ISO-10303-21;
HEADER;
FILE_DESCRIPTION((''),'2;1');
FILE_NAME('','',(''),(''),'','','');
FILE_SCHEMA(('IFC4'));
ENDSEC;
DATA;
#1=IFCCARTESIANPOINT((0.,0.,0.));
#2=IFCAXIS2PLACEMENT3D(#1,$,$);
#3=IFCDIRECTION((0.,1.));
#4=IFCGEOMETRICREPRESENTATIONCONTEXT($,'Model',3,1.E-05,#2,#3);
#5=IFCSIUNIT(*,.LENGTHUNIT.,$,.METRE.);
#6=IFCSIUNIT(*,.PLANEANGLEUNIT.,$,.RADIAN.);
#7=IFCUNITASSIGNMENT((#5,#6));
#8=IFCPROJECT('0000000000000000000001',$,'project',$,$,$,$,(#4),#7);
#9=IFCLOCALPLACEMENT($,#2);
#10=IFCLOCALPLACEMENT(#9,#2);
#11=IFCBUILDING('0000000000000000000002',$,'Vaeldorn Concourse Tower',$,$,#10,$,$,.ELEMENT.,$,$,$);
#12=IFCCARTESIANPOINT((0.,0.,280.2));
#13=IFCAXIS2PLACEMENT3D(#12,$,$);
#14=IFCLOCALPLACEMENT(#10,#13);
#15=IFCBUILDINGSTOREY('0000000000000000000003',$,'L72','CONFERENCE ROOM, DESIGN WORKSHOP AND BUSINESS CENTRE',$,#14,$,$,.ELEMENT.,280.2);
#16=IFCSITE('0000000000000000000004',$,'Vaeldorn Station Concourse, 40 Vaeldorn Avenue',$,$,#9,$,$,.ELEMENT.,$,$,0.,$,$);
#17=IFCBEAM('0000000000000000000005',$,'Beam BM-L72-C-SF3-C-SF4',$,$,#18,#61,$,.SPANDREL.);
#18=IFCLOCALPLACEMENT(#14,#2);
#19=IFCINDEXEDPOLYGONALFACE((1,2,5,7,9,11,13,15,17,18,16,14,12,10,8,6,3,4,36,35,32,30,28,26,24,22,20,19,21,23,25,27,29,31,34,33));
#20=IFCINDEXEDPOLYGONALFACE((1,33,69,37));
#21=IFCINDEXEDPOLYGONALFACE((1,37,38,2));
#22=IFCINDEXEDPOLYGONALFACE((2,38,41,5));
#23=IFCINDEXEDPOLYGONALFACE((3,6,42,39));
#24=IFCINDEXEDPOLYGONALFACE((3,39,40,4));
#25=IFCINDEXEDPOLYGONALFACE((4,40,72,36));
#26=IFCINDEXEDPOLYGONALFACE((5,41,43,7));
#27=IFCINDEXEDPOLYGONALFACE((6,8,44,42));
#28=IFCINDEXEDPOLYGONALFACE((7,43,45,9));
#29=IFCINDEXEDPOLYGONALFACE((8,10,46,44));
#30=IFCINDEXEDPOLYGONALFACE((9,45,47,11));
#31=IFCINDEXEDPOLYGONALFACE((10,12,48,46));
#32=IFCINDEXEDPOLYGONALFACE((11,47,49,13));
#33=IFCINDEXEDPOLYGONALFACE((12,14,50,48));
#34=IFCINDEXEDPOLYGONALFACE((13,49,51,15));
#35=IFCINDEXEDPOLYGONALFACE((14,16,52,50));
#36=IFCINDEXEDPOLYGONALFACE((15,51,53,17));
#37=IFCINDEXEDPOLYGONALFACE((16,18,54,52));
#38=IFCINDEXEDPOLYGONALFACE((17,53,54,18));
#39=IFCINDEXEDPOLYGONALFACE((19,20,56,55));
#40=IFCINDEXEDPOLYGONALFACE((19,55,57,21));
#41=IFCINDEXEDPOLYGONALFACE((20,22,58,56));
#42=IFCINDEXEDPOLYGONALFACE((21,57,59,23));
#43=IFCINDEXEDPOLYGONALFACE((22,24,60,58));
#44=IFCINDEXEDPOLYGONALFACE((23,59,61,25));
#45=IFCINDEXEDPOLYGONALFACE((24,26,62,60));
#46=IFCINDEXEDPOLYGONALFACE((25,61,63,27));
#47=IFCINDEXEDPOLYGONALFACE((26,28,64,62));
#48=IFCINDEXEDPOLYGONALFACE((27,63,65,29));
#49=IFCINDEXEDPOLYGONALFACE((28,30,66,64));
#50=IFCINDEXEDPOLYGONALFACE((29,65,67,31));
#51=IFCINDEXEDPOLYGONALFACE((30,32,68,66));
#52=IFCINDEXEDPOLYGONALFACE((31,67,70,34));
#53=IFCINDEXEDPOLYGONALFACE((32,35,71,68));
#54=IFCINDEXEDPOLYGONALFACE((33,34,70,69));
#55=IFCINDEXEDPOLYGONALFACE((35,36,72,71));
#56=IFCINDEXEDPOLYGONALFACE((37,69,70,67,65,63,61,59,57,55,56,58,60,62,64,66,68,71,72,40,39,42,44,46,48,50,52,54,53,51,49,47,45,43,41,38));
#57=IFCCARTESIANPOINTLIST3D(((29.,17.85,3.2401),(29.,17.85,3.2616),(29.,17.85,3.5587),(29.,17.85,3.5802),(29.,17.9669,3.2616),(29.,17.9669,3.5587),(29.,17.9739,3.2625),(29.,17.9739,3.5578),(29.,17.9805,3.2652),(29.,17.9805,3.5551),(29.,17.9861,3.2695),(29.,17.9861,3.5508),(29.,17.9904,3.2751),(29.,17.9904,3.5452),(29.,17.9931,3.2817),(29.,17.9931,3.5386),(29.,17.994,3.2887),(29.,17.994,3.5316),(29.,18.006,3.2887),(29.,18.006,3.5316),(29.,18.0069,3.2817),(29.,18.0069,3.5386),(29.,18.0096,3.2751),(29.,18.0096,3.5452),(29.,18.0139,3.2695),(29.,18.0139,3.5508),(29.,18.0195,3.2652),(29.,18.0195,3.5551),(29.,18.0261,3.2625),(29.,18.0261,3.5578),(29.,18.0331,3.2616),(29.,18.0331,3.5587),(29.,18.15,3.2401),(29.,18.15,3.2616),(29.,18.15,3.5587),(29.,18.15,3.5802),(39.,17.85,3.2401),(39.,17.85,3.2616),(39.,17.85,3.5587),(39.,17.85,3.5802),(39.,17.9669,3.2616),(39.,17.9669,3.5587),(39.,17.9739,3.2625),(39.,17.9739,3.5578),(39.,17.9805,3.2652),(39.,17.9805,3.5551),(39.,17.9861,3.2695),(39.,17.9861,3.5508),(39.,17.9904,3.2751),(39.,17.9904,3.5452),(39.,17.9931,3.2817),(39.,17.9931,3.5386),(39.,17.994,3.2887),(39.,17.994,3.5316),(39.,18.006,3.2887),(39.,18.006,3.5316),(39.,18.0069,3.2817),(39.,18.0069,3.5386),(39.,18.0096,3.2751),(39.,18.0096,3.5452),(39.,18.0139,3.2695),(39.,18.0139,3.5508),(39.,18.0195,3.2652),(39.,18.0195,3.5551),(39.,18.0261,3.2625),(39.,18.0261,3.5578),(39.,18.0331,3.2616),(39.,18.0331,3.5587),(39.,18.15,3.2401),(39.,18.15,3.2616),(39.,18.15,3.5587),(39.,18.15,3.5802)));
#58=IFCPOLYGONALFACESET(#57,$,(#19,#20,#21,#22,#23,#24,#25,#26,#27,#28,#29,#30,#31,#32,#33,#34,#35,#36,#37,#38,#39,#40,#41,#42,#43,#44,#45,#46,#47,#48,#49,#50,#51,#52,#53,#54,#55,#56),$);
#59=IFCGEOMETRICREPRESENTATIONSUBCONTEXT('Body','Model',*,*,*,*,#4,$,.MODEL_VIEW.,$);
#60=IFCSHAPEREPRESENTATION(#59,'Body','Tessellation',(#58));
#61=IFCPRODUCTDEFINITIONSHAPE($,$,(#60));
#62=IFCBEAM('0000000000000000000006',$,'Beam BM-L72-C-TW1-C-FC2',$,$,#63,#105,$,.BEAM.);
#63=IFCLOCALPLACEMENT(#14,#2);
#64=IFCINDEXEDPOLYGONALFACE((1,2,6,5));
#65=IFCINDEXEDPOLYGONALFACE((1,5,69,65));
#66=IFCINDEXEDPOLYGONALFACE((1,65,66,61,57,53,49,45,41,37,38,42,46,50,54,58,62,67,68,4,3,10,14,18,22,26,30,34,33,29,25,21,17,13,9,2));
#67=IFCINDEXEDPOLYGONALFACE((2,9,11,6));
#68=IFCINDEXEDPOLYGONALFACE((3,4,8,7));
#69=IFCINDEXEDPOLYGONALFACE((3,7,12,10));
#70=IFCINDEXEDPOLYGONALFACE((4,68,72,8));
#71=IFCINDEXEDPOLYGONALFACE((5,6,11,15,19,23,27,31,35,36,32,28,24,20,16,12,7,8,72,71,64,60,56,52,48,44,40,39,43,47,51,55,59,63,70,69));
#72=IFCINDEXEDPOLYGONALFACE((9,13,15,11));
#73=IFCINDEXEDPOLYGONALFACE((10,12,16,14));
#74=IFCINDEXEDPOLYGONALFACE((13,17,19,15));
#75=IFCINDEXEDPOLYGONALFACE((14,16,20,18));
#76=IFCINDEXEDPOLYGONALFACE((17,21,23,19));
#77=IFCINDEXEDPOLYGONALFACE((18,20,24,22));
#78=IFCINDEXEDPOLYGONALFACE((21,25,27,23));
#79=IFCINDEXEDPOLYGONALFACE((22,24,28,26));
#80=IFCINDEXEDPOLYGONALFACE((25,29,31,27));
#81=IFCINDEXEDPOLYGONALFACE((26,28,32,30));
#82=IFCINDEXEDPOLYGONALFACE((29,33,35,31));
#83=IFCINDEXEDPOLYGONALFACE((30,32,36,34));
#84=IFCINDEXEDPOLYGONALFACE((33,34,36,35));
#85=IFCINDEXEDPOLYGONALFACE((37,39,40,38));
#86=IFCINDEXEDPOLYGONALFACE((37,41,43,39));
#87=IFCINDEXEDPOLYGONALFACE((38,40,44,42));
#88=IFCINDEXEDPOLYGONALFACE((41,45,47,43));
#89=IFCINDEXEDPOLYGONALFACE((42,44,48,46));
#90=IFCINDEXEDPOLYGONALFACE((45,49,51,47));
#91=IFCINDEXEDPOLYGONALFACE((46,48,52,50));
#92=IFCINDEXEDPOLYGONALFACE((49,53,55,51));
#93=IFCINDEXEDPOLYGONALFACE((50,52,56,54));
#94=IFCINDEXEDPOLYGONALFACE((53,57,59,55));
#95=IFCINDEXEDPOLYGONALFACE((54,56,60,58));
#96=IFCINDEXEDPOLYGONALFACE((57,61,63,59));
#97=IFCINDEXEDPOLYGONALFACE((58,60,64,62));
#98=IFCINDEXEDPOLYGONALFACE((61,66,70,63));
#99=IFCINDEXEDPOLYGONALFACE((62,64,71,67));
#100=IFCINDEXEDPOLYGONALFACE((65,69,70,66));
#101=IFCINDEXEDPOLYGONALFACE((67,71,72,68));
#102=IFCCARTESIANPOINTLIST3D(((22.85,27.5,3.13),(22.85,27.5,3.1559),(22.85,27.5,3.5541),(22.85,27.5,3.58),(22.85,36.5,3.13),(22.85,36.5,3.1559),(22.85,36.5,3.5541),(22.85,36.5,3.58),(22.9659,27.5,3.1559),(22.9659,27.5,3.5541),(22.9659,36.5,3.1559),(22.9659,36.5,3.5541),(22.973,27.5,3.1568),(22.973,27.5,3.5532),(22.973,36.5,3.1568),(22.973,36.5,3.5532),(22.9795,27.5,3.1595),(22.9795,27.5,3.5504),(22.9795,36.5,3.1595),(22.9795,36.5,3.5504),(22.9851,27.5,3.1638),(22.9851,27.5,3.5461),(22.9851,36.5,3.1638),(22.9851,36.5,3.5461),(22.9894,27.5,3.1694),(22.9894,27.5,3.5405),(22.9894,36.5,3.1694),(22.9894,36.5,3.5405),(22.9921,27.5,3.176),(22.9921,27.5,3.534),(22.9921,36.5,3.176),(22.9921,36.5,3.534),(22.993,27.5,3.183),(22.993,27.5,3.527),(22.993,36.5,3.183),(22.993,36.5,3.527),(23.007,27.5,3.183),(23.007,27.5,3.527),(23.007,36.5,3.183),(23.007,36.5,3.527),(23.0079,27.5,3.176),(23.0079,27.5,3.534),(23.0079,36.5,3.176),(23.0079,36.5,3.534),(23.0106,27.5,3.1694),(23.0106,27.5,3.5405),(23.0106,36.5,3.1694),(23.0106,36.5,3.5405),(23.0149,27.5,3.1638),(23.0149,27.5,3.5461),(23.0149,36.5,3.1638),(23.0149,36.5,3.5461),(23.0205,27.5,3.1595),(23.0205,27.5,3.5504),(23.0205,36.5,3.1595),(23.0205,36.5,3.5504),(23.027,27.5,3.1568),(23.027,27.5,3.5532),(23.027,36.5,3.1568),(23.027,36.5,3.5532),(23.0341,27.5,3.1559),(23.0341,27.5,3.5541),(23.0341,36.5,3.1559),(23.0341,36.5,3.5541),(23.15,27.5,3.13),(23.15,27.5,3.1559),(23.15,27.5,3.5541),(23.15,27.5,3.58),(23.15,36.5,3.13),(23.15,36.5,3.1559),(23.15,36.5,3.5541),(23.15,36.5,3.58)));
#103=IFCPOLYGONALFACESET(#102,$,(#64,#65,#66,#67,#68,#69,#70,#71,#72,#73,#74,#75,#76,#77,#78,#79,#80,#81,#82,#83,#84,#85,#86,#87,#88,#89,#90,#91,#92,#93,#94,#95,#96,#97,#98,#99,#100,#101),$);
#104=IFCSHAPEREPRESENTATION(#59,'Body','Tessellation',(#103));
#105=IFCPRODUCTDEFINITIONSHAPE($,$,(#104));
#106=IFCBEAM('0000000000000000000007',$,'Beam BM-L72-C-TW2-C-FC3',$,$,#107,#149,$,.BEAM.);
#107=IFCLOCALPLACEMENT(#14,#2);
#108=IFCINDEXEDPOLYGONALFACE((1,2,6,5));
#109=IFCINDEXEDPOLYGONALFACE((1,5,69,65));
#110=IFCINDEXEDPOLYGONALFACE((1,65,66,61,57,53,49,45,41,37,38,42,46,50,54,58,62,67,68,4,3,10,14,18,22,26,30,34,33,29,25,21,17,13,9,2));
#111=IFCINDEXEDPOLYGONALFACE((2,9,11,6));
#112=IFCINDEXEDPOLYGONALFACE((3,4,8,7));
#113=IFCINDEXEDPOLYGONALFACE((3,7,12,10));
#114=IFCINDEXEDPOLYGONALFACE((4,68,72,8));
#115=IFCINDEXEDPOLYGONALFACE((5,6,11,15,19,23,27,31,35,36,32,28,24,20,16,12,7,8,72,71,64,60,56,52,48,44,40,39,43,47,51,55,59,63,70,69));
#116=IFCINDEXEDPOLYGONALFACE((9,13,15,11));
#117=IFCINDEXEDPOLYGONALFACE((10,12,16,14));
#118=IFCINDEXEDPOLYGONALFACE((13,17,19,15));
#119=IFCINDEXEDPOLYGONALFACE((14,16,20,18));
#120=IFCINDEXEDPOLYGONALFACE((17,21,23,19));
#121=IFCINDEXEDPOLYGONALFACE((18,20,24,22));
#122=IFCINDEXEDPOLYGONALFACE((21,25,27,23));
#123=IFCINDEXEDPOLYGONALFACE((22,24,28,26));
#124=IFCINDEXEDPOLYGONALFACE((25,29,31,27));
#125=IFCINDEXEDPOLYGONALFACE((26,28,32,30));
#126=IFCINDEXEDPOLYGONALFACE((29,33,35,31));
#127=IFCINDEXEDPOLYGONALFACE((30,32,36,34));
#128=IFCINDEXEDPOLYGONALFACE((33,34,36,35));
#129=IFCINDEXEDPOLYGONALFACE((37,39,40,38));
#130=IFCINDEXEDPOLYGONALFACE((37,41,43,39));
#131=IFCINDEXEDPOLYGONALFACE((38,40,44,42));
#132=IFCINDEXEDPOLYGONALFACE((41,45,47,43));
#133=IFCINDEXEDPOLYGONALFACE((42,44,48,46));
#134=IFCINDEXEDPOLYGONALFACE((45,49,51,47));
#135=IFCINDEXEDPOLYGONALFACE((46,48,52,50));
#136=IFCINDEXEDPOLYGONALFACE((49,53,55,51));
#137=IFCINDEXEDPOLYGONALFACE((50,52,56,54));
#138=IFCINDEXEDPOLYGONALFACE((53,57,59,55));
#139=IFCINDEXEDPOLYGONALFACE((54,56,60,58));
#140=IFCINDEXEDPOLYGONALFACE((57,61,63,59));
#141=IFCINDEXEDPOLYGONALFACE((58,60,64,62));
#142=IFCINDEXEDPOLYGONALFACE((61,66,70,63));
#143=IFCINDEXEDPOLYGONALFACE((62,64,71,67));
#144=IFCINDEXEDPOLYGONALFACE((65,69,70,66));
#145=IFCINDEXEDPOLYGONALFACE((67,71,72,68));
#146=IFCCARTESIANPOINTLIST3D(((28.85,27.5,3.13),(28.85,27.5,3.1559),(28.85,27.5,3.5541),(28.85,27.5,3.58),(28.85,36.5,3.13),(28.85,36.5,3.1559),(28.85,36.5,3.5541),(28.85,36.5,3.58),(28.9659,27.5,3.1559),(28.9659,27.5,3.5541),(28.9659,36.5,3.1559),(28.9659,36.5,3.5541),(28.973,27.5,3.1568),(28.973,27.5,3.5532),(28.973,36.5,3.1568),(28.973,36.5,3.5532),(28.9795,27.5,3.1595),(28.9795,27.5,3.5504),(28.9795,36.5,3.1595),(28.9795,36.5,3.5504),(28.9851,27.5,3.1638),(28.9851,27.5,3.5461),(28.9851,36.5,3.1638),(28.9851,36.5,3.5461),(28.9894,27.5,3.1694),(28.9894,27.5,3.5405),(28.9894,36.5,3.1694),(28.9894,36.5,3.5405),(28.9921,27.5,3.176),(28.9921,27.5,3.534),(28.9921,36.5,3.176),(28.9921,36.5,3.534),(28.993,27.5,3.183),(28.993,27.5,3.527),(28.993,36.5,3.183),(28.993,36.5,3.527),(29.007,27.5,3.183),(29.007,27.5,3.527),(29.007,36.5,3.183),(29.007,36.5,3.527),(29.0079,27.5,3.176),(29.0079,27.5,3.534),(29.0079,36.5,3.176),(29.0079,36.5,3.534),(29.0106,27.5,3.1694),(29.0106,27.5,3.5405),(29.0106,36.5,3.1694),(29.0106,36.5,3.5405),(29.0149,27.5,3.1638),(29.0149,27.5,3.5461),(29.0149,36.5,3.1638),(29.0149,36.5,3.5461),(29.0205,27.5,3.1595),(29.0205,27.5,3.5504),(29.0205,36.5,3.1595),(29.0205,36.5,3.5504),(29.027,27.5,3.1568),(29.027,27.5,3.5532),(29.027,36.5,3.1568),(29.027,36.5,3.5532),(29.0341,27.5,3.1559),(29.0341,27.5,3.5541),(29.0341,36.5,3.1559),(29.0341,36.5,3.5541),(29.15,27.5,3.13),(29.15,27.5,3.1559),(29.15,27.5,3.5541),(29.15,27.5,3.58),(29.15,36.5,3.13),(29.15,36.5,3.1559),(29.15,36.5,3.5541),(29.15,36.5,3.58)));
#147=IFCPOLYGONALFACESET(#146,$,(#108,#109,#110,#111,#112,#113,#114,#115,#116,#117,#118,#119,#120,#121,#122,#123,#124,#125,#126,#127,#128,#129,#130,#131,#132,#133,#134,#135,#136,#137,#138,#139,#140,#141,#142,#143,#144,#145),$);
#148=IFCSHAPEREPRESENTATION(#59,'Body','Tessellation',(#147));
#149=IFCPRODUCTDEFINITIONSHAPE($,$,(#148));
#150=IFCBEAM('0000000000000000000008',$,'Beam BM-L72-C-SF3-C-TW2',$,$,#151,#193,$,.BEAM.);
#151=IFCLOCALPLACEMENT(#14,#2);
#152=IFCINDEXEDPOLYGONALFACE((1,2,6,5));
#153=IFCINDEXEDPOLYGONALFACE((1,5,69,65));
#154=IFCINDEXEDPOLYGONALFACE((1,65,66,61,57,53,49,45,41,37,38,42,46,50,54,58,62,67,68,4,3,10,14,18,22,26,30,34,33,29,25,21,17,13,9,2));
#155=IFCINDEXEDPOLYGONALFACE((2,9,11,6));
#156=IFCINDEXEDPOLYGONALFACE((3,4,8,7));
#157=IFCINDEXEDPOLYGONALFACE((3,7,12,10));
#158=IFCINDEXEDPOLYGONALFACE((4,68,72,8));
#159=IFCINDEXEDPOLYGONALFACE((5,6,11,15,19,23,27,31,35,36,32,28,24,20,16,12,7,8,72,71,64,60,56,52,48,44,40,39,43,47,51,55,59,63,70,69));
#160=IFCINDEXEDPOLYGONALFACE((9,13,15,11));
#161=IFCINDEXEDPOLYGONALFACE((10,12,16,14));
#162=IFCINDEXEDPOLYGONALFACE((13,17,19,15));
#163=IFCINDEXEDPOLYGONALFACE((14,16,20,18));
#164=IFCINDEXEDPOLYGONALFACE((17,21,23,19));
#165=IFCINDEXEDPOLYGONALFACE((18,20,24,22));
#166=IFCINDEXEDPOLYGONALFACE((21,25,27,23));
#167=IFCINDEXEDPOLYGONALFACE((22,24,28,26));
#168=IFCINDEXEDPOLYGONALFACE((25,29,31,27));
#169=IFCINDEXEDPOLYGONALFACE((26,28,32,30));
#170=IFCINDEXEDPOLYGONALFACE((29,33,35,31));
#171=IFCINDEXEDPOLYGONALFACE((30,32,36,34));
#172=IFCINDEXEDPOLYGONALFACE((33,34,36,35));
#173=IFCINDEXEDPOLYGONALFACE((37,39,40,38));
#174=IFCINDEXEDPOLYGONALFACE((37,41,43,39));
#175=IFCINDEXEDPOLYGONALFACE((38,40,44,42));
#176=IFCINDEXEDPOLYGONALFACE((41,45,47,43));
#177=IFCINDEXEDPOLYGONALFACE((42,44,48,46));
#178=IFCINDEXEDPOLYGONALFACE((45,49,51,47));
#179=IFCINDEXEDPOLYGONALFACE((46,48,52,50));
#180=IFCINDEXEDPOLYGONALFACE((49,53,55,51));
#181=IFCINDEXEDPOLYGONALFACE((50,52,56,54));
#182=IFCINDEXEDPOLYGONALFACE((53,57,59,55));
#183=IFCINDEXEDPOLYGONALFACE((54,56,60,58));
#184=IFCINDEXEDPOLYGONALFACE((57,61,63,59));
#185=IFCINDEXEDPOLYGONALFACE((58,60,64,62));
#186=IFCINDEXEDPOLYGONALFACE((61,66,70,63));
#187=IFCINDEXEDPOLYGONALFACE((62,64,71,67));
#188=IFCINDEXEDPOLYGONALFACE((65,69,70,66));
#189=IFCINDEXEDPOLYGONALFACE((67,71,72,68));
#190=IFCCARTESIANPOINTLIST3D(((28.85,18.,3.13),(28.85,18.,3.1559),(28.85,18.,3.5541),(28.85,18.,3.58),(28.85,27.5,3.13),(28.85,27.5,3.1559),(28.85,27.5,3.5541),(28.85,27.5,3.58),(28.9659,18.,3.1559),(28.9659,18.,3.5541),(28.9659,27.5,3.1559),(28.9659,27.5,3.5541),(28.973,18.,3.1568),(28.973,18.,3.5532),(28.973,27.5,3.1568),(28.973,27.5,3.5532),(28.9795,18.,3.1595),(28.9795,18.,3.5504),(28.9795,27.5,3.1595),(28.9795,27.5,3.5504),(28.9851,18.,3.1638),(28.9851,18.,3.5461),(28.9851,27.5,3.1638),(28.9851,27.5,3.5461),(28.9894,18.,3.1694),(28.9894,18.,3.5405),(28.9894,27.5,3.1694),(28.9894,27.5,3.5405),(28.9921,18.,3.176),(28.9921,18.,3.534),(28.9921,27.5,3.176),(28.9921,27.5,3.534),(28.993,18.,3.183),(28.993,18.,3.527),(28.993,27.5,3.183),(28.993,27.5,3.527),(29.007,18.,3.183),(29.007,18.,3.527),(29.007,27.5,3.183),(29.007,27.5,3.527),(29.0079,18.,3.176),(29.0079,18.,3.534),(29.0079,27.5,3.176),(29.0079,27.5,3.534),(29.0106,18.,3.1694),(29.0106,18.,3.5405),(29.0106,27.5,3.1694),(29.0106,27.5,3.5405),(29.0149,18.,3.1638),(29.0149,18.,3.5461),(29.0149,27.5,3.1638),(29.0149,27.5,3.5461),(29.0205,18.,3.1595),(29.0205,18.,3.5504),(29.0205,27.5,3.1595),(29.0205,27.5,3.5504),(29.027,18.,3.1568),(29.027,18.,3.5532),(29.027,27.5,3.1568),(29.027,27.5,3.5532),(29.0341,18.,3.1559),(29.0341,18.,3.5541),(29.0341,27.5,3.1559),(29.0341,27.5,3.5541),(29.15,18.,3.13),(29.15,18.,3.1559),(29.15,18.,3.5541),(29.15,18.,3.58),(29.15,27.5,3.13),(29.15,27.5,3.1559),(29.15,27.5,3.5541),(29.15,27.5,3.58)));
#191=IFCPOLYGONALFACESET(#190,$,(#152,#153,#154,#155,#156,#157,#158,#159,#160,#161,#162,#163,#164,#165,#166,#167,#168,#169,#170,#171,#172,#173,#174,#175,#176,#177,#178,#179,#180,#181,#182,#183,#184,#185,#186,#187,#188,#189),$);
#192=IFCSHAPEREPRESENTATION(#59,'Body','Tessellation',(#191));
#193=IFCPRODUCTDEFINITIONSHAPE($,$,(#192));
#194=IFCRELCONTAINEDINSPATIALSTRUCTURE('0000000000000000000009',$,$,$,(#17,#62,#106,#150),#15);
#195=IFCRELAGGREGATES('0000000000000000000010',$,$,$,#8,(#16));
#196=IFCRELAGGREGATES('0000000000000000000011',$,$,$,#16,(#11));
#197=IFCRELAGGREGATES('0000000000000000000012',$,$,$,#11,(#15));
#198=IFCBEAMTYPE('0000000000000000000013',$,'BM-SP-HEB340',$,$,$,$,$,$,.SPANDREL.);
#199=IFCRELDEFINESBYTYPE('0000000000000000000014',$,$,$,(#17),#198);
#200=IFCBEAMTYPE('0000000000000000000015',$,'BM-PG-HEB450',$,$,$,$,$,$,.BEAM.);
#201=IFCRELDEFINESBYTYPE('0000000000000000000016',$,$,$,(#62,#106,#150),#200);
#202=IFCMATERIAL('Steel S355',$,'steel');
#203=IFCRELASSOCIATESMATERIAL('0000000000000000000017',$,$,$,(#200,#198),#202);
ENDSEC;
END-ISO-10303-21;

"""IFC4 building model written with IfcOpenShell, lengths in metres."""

from ifc_helpers import new_model, si_unit, direction, frame, origin, origin_2d, place, context, subcontext, project, spatial, i_section, extrude, source, transform, mapped, material, material_profile, profile_set, type_object, element, save


model = new_model("IFC4")

# Units and contexts
model_context = context("Model", 3, precision=1e-05, world=origin(), true_north=direction((0.0, 1.0)))
body_context = subcontext(model_context, "Body", "Model", "MODEL_VIEW")
ifc_project = project(units=[si_unit("LENGTHUNIT", "METRE"), si_unit("PLANEANGLEUNIT", "RADIAN")], contexts=[model_context])

# Site, building, storey
site_placement = place(None, origin())
site = spatial("IfcSite", under=ifc_project, at=site_placement, Name="Vaeldorn Station Concourse, 40 Vaeldorn Avenue", CompositionType="ELEMENT", RefElevation=0.0)
building_placement = place(site_placement, origin())
building = spatial("IfcBuilding", under=site, at=building_placement, Name="Vaeldorn Concourse Tower", CompositionType="ELEMENT")
storey_placement = place(building_placement, frame((0.0, 0.0, 280.2)))
storey = spatial("IfcBuildingStorey", under=building, at=storey_placement, Name="L72", Description="CONFERENCE ROOM, DESIGN WORKSHOP AND BUSINESS CENTRE", CompositionType="ELEMENT", Elevation=280.2)

# Shared definitions
ifc_material_1 = material(Name="Steel S355", Category="steel")

# Beams
ifc_material_profile_1 = material_profile(ifc_material_1, i_section(OverallWidth=0.3, OverallDepth=0.45, WebThickness=0.0139, FlangeThickness=0.0259, FilletRadius=0.0271, at=origin_2d()), Name="HEB 450")
ifc_profile_set_1 = profile_set([ifc_material_profile_1], Name="Steel S355")
beam_type_1 = type_object("IfcBeamType", Name="BM-PG-HEB450", PredefinedType="BEAM", material=ifc_profile_set_1)
ifc_material_profile_2 = material_profile(ifc_material_1, i_section(OverallWidth=0.3, OverallDepth=0.3401, WebThickness=0.012, FlangeThickness=0.0215, FilletRadius=0.0271, at=origin_2d()), Name="HEB 340")
ifc_profile_set_2 = profile_set([ifc_material_profile_2], Name="Steel S355")
beam_type_2 = type_object("IfcBeamType", Name="BM-SP-HEB340", PredefinedType="SPANDREL", material=ifc_profile_set_2)
shared_shape_1 = source(origin(), body_context, "Body", "SweptSolid", [
    extrude(i_section(OverallWidth=0.3, OverallDepth=0.3401, WebThickness=0.012, FlangeThickness=0.0215, FilletRadius=0.0271, at=origin_2d()), origin(), (0.0, 0.0, 1.0), 10.0),
])
beam_1_placement = place(storey_placement, frame((29.0, 18.0, 3.4102), z_axis=(1.0, 0.0, 0.0), x_axis=(0.0, 1.0, 0.0)))
element("IfcBeam", 1, at=beam_1_placement, inside=storey, type_object=beam_type_2, Name="Beam BM-L72-C-SF3-C-SF4", PredefinedType="SPANDREL", context=body_context, shape_type="MappedRepresentation", body=[
    mapped(shared_shape_1, transform((0.0, 0.0, 0.0), scale=1.0)),
])
shared_shape_2 = source(origin(), body_context, "Body", "SweptSolid", [
    extrude(i_section(OverallWidth=0.3, OverallDepth=0.45, WebThickness=0.0139, FlangeThickness=0.0259, FilletRadius=0.0271, at=origin_2d()), origin(), (0.0, 0.0, 1.0), 9.0),
])
for number, where, z_axis, x_axis, name in (
    (2, (23.0, 27.5, 3.355), (0.0, 1.0, 0.0), (-1.0, 0.0, 0.0), "Beam BM-L72-C-TW1-C-FC2"),
    (3, (29.0, 27.5, 3.355), (0.0, 1.0, 0.0), (-1.0, 0.0, 0.0), "Beam BM-L72-C-TW2-C-FC3"),
):
    element("IfcBeam", number, at=place(storey_placement, frame(where, z_axis=z_axis, x_axis=x_axis)), inside=storey, type_object=beam_type_1, Name=name, PredefinedType="BEAM", context=body_context, shape_type="MappedRepresentation", body=[
        mapped(shared_shape_2, transform((0.0, 0.0, 0.0), scale=1.0)),
    ])
shared_shape_3 = source(origin(), body_context, "Body", "SweptSolid", [
    extrude(i_section(OverallWidth=0.3, OverallDepth=0.45, WebThickness=0.0139, FlangeThickness=0.0259, FilletRadius=0.0271, at=origin_2d()), origin(), (0.0, 0.0, 1.0), 9.5),
])
beam_2_placement = place(storey_placement, frame((29.0, 18.0, 3.355), z_axis=(0.0, 1.0, 0.0), x_axis=(-1.0, 0.0, 0.0)))
element("IfcBeam", 4, at=beam_2_placement, inside=storey, type_object=beam_type_1, Name="Beam BM-L72-C-SF3-C-TW2", PredefinedType="BEAM", context=body_context, shape_type="MappedRepresentation", body=[
    mapped(shared_shape_3, transform((0.0, 0.0, 0.0), scale=1.0)),
])

save(model, "model.ifc")
